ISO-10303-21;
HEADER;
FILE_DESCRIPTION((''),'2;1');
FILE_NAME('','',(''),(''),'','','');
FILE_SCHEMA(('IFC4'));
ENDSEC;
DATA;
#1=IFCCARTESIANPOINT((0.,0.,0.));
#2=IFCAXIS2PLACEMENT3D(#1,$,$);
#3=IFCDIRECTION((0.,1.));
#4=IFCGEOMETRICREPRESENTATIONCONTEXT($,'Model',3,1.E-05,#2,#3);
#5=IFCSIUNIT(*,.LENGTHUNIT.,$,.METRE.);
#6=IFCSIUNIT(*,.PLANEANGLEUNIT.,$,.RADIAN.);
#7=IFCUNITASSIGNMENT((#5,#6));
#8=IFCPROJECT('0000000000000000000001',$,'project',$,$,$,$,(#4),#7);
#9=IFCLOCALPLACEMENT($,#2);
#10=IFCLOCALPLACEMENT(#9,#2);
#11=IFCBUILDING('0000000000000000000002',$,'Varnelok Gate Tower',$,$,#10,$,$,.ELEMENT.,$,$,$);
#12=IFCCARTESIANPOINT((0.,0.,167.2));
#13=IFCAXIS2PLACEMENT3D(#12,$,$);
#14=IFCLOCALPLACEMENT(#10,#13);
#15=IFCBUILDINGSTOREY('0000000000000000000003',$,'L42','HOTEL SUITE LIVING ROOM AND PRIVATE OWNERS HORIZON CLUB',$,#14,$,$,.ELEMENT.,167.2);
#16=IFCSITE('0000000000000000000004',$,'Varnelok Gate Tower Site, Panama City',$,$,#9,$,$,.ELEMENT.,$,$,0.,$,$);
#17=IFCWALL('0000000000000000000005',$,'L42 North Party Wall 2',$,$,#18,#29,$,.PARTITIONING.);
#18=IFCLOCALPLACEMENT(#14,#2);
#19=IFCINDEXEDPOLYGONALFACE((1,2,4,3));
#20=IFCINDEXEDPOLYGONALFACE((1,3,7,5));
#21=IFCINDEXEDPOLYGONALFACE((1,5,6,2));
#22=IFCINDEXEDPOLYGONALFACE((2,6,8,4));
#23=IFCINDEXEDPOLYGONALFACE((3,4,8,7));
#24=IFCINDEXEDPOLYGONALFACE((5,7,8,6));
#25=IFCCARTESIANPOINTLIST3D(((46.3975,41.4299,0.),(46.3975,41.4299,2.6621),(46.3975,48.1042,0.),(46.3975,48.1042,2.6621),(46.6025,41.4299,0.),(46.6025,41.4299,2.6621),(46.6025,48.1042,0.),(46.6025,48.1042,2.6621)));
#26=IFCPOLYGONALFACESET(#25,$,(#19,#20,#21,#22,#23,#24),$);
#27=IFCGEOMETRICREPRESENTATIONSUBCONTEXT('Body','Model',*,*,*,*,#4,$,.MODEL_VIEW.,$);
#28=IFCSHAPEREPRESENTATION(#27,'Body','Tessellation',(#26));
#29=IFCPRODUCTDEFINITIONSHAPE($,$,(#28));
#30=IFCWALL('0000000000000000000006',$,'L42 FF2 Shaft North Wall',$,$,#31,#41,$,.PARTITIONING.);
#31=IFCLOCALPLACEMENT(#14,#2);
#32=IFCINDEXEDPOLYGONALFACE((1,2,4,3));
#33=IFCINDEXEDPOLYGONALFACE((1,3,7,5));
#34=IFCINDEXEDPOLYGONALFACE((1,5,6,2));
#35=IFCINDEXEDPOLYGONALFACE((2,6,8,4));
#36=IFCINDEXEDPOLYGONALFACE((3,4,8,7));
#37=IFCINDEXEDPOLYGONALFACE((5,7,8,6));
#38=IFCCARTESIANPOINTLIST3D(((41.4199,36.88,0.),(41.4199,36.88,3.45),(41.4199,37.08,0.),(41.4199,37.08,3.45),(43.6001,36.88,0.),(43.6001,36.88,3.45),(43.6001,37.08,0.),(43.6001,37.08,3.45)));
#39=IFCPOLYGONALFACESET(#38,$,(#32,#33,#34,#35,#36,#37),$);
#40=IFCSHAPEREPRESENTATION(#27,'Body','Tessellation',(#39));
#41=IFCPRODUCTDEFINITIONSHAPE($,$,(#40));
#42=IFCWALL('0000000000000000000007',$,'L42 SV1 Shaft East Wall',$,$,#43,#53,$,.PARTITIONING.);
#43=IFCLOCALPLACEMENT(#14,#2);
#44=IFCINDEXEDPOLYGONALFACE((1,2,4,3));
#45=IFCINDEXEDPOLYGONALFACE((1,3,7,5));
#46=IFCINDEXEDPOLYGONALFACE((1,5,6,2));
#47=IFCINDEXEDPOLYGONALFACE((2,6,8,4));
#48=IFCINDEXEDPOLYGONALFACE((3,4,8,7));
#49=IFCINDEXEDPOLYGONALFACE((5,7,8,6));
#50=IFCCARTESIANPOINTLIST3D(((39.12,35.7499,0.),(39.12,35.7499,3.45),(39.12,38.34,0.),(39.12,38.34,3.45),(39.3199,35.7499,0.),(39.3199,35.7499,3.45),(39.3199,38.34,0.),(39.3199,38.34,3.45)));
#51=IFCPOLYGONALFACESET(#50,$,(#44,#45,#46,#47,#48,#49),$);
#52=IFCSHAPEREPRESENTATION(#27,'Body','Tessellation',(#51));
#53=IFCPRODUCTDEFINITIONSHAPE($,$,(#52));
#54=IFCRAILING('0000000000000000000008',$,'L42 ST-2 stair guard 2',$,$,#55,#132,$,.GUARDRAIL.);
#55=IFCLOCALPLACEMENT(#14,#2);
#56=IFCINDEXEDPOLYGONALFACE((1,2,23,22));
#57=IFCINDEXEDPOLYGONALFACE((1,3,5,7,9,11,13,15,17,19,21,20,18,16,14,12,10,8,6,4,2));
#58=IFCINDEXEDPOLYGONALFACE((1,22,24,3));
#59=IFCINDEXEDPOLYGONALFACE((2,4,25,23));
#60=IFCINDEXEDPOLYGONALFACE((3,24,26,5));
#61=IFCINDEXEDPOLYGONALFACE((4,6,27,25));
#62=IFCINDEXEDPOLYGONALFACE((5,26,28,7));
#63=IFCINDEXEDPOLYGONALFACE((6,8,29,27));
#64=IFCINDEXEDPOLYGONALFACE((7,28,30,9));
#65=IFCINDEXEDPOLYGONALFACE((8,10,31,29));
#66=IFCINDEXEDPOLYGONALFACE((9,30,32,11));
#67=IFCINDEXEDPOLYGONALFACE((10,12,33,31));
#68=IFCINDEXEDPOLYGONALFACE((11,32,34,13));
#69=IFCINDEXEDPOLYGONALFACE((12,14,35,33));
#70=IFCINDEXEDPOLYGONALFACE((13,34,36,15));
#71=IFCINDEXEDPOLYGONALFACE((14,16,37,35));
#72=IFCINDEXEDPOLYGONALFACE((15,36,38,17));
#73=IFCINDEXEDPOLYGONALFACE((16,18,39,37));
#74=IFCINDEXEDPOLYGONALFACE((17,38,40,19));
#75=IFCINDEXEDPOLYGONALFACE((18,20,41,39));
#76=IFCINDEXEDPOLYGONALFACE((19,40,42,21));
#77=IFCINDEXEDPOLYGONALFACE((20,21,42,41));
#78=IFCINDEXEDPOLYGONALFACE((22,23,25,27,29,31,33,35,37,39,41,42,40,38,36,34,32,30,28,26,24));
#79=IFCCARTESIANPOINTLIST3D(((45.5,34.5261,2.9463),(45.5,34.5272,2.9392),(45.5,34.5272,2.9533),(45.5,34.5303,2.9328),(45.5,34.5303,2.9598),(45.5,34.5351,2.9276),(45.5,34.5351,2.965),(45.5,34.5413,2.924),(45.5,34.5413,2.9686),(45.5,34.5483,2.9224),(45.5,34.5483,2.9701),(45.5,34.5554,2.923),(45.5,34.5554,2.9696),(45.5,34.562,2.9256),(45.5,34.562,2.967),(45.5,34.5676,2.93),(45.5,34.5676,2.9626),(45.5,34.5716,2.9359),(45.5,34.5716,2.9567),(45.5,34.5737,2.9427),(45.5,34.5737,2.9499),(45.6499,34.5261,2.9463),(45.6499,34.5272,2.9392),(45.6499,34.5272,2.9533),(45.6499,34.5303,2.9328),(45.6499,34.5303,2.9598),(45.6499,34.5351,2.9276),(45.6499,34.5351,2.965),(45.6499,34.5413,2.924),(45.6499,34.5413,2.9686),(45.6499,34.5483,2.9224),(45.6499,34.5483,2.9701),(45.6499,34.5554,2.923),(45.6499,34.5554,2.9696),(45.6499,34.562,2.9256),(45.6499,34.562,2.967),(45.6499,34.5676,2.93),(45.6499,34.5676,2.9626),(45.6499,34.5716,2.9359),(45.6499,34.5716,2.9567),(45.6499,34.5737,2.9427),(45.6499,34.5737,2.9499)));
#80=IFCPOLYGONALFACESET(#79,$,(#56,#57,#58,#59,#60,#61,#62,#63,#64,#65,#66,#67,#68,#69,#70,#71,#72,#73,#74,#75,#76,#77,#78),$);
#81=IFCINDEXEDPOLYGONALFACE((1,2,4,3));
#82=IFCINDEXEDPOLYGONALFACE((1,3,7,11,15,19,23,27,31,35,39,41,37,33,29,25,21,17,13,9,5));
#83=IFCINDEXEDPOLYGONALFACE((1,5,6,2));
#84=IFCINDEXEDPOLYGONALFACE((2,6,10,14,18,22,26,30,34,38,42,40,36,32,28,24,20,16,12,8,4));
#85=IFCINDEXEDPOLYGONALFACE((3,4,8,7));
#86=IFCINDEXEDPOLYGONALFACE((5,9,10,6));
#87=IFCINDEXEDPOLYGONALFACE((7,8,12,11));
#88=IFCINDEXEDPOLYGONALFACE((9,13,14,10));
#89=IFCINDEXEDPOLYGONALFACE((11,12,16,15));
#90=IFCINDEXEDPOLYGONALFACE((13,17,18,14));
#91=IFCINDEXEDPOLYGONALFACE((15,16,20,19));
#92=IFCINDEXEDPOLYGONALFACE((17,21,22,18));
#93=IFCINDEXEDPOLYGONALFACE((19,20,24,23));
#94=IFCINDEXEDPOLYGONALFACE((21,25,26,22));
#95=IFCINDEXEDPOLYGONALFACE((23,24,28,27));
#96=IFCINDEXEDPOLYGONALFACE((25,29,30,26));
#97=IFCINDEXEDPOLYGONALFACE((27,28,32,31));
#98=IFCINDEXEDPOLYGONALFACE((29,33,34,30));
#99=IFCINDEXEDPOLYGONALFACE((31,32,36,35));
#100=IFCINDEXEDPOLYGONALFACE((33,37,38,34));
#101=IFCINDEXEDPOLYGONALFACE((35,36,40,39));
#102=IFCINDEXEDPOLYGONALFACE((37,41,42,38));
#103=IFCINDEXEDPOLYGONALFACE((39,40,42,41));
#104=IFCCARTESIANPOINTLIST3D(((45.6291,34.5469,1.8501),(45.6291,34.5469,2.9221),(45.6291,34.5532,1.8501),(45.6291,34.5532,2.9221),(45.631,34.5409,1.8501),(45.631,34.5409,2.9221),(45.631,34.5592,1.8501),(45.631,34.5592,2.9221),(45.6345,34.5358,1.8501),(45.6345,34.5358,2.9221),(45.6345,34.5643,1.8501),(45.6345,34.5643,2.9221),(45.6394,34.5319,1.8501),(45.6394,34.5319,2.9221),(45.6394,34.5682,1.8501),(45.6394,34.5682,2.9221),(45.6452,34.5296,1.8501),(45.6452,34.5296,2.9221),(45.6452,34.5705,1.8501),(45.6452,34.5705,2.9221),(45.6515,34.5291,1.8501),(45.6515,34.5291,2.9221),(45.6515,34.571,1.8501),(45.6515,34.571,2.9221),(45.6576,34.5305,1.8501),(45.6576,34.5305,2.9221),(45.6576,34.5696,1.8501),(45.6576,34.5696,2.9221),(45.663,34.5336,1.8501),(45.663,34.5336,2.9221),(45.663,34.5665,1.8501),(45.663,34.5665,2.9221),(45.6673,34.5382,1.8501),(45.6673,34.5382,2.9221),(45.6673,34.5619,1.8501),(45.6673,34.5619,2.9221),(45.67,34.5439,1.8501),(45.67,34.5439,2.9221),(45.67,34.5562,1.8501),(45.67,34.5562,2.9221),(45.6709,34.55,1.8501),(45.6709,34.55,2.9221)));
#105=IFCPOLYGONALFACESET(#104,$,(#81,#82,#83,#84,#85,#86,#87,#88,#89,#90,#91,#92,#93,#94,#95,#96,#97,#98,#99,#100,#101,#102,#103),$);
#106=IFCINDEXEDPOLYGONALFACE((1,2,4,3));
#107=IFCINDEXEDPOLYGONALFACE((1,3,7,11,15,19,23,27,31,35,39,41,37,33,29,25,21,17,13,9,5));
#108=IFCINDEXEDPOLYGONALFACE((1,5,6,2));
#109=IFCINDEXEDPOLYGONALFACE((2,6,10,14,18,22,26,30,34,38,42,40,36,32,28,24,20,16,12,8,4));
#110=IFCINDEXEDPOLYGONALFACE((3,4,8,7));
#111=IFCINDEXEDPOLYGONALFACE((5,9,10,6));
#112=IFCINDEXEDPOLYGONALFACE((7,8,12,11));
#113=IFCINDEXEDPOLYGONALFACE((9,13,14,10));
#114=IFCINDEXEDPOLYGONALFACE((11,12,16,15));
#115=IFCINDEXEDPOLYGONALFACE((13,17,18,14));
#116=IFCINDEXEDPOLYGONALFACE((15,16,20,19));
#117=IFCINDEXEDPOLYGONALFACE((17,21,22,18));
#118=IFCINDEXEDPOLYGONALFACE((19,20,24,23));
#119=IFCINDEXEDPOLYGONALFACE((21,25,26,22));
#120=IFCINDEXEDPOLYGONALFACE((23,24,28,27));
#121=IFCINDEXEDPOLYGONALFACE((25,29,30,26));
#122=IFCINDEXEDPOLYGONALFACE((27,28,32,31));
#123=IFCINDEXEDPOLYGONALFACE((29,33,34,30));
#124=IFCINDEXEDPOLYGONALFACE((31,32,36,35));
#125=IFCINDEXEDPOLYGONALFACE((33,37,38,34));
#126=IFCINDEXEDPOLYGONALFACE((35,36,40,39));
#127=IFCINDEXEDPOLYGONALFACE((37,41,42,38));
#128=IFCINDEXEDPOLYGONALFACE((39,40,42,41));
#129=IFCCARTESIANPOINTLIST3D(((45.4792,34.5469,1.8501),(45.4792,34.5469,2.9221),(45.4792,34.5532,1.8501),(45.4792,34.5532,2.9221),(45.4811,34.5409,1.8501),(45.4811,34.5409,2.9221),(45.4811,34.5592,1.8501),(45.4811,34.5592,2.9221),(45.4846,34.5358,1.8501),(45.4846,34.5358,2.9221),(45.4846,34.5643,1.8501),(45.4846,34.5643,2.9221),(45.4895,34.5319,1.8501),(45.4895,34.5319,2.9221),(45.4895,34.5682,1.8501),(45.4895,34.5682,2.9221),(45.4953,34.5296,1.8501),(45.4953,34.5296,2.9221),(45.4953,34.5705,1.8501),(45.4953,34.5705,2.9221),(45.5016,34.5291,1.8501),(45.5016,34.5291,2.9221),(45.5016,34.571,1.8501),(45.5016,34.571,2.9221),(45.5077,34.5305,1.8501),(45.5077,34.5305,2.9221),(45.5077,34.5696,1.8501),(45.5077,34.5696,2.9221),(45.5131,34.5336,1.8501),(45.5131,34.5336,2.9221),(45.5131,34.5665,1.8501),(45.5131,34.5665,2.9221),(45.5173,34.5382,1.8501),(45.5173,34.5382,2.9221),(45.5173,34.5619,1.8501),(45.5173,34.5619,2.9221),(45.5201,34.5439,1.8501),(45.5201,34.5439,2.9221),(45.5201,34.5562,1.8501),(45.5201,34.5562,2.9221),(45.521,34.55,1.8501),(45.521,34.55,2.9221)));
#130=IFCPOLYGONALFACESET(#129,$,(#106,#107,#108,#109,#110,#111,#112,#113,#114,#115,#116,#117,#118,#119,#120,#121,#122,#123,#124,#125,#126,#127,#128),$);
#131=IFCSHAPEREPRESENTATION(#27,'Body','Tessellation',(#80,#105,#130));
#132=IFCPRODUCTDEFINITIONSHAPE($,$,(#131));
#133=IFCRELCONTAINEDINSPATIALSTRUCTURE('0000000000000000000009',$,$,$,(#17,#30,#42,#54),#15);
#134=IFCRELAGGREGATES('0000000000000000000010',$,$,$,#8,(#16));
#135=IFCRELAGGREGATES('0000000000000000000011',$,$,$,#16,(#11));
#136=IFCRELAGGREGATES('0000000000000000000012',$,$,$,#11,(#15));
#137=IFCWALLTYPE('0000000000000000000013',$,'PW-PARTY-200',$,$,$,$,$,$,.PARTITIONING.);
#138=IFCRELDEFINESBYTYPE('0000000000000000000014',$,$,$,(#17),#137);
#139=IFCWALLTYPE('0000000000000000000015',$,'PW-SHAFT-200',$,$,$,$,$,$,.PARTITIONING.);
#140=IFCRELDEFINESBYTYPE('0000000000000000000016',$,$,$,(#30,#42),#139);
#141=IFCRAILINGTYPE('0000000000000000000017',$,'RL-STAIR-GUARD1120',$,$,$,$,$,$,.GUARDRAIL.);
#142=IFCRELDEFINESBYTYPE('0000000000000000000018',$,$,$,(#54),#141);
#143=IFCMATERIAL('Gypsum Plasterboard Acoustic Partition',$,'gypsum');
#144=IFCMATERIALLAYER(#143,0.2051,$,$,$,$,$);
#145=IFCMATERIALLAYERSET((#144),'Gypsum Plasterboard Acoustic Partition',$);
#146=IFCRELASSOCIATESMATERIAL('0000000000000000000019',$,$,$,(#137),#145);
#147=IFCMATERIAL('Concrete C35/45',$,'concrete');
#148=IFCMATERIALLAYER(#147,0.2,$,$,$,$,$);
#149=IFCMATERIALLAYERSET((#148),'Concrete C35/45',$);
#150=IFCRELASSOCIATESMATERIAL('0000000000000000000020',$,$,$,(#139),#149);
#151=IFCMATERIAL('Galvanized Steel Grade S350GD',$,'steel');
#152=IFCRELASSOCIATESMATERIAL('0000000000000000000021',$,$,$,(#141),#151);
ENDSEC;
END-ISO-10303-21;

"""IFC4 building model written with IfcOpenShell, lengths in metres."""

from ifc_helpers import new_model, si_unit, direction, frame, frame_2d, origin, origin_2d, place, context, subcontext, project, spatial, rectangle, circle, extrude, material, layer, layer_set, type_object, element, save


model = new_model("IFC4")

# Units and contexts
model_context = context("Model", 3, precision=1e-05, world=origin(), true_north=direction((0.0, 1.0)))
body_context = subcontext(model_context, "Body", "Model", "MODEL_VIEW")
ifc_project = project(units=[si_unit("LENGTHUNIT", "METRE"), si_unit("PLANEANGLEUNIT", "RADIAN")], contexts=[model_context])

# Site, building, storey
site_placement = place(None, origin())
site = spatial("IfcSite", under=ifc_project, at=site_placement, Name="Varnelok Gate Tower Site, Panama City", CompositionType="ELEMENT", RefElevation=0.0)
building_placement = place(site_placement, origin())
building = spatial("IfcBuilding", under=site, at=building_placement, Name="Varnelok Gate Tower", CompositionType="ELEMENT")
storey_placement = place(building_placement, frame((0.0, 0.0, 167.2)))
storey = spatial("IfcBuildingStorey", under=building, at=storey_placement, Name="L42", Description="HOTEL SUITE LIVING ROOM AND PRIVATE OWNERS HORIZON CLUB", CompositionType="ELEMENT", Elevation=167.2)

# Shared definitions
ifc_material_1 = material(Name="Gypsum Plasterboard Acoustic Partition", Category="gypsum")

# Shared definitions
ifc_material_2 = material(Name="Galvanized Steel Grade S350GD", Category="steel")

# Walls
ifc_layer_1 = layer(ifc_material_1, 0.2051)
ifc_layer_set_1 = layer_set([ifc_layer_1], Name="Gypsum Plasterboard Acoustic Partition")
wall_type_1 = type_object("IfcWallType", Name="PW-PARTY-200", PredefinedType="PARTITIONING", material=ifc_layer_set_1)
wall_1_placement = place(storey_placement, frame((46.5, 41.4299, 0.0), z_axis=(0.0, 0.0, 1.0), x_axis=(0.0, 1.0, 0.0)))
element("IfcWall", 1, at=wall_1_placement, inside=storey, type_object=wall_type_1, Name="L42 North Party Wall 2", PredefinedType="PARTITIONING", context=body_context, shape_type="SweptSolid", body=[
    extrude(rectangle(XDim=6.6743, YDim=0.2051, at=frame_2d((3.3372, 0.0))), origin(), (0.0, 0.0, 1.0), 2.6621),
])
ifc_material_3 = material(Name="Concrete C35/45", Category="concrete")
ifc_layer_2 = layer(ifc_material_3, 0.2)
ifc_layer_set_2 = layer_set([ifc_layer_2], Name="Concrete C35/45")
wall_type_2 = type_object("IfcWallType", Name="PW-SHAFT-200", PredefinedType="PARTITIONING", material=ifc_layer_set_2)
wall_2_placement = place(storey_placement, frame((41.4199, 36.98, 0.0), z_axis=(0.0, 0.0, 1.0), x_axis=(1.0, 0.0, 0.0)))
element("IfcWall", 2, at=wall_2_placement, inside=storey, type_object=wall_type_2, Name="L42 FF2 Shaft North Wall", PredefinedType="PARTITIONING", context=body_context, shape_type="SweptSolid", body=[
    extrude(rectangle(XDim=2.1802, YDim=0.2, at=frame_2d((1.0901, 0.0))), origin(), (0.0, 0.0, 1.0), 3.45),
])
wall_3_placement = place(storey_placement, frame((39.22, 35.75, 0.0), z_axis=(0.0, 0.0, 1.0), x_axis=(0.0, 1.0, 0.0)))
element("IfcWall", 3, at=wall_3_placement, inside=storey, type_object=wall_type_2, Name="L42 SV1 Shaft East Wall", PredefinedType="PARTITIONING", context=body_context, shape_type="SweptSolid", body=[
    extrude(rectangle(XDim=2.5901, YDim=0.2, at=frame_2d((1.2949, 0.0))), origin(), (0.0, 0.0, 1.0), 3.45),
])

# Railing
railing_type_1 = type_object("IfcRailingType", Name="RL-STAIR-GUARD1120", PredefinedType="GUARDRAIL", material=ifc_material_2)
railing_1_placement = place(storey_placement, frame((45.6499, 34.55, 1.8501)))
element("IfcRailing", 4, at=railing_1_placement, inside=storey, type_object=railing_type_1, Name="L42 ST-2 stair guard 2", PredefinedType="GUARDRAIL", context=body_context, shape_type="SweptSolid", body=[
    extrude(circle(Radius=0.0239, at=origin_2d()), frame((0.0, 0.0, 1.0962), z_axis=(-1.0, 0.0, 0.0), x_axis=(0.0, -1.0, 0.0)), (0.0, 0.0, 1.0), 0.1499),
    extrude(circle(Radius=0.021, at=origin_2d()), origin(), (0.0, 0.0, 1.0), 1.072),
    extrude(circle(Radius=0.021, at=origin_2d()), frame((-0.1499, 0.0, 0.0)), (0.0, 0.0, 1.0), 1.072),
])

save(model, "model.ifc")
